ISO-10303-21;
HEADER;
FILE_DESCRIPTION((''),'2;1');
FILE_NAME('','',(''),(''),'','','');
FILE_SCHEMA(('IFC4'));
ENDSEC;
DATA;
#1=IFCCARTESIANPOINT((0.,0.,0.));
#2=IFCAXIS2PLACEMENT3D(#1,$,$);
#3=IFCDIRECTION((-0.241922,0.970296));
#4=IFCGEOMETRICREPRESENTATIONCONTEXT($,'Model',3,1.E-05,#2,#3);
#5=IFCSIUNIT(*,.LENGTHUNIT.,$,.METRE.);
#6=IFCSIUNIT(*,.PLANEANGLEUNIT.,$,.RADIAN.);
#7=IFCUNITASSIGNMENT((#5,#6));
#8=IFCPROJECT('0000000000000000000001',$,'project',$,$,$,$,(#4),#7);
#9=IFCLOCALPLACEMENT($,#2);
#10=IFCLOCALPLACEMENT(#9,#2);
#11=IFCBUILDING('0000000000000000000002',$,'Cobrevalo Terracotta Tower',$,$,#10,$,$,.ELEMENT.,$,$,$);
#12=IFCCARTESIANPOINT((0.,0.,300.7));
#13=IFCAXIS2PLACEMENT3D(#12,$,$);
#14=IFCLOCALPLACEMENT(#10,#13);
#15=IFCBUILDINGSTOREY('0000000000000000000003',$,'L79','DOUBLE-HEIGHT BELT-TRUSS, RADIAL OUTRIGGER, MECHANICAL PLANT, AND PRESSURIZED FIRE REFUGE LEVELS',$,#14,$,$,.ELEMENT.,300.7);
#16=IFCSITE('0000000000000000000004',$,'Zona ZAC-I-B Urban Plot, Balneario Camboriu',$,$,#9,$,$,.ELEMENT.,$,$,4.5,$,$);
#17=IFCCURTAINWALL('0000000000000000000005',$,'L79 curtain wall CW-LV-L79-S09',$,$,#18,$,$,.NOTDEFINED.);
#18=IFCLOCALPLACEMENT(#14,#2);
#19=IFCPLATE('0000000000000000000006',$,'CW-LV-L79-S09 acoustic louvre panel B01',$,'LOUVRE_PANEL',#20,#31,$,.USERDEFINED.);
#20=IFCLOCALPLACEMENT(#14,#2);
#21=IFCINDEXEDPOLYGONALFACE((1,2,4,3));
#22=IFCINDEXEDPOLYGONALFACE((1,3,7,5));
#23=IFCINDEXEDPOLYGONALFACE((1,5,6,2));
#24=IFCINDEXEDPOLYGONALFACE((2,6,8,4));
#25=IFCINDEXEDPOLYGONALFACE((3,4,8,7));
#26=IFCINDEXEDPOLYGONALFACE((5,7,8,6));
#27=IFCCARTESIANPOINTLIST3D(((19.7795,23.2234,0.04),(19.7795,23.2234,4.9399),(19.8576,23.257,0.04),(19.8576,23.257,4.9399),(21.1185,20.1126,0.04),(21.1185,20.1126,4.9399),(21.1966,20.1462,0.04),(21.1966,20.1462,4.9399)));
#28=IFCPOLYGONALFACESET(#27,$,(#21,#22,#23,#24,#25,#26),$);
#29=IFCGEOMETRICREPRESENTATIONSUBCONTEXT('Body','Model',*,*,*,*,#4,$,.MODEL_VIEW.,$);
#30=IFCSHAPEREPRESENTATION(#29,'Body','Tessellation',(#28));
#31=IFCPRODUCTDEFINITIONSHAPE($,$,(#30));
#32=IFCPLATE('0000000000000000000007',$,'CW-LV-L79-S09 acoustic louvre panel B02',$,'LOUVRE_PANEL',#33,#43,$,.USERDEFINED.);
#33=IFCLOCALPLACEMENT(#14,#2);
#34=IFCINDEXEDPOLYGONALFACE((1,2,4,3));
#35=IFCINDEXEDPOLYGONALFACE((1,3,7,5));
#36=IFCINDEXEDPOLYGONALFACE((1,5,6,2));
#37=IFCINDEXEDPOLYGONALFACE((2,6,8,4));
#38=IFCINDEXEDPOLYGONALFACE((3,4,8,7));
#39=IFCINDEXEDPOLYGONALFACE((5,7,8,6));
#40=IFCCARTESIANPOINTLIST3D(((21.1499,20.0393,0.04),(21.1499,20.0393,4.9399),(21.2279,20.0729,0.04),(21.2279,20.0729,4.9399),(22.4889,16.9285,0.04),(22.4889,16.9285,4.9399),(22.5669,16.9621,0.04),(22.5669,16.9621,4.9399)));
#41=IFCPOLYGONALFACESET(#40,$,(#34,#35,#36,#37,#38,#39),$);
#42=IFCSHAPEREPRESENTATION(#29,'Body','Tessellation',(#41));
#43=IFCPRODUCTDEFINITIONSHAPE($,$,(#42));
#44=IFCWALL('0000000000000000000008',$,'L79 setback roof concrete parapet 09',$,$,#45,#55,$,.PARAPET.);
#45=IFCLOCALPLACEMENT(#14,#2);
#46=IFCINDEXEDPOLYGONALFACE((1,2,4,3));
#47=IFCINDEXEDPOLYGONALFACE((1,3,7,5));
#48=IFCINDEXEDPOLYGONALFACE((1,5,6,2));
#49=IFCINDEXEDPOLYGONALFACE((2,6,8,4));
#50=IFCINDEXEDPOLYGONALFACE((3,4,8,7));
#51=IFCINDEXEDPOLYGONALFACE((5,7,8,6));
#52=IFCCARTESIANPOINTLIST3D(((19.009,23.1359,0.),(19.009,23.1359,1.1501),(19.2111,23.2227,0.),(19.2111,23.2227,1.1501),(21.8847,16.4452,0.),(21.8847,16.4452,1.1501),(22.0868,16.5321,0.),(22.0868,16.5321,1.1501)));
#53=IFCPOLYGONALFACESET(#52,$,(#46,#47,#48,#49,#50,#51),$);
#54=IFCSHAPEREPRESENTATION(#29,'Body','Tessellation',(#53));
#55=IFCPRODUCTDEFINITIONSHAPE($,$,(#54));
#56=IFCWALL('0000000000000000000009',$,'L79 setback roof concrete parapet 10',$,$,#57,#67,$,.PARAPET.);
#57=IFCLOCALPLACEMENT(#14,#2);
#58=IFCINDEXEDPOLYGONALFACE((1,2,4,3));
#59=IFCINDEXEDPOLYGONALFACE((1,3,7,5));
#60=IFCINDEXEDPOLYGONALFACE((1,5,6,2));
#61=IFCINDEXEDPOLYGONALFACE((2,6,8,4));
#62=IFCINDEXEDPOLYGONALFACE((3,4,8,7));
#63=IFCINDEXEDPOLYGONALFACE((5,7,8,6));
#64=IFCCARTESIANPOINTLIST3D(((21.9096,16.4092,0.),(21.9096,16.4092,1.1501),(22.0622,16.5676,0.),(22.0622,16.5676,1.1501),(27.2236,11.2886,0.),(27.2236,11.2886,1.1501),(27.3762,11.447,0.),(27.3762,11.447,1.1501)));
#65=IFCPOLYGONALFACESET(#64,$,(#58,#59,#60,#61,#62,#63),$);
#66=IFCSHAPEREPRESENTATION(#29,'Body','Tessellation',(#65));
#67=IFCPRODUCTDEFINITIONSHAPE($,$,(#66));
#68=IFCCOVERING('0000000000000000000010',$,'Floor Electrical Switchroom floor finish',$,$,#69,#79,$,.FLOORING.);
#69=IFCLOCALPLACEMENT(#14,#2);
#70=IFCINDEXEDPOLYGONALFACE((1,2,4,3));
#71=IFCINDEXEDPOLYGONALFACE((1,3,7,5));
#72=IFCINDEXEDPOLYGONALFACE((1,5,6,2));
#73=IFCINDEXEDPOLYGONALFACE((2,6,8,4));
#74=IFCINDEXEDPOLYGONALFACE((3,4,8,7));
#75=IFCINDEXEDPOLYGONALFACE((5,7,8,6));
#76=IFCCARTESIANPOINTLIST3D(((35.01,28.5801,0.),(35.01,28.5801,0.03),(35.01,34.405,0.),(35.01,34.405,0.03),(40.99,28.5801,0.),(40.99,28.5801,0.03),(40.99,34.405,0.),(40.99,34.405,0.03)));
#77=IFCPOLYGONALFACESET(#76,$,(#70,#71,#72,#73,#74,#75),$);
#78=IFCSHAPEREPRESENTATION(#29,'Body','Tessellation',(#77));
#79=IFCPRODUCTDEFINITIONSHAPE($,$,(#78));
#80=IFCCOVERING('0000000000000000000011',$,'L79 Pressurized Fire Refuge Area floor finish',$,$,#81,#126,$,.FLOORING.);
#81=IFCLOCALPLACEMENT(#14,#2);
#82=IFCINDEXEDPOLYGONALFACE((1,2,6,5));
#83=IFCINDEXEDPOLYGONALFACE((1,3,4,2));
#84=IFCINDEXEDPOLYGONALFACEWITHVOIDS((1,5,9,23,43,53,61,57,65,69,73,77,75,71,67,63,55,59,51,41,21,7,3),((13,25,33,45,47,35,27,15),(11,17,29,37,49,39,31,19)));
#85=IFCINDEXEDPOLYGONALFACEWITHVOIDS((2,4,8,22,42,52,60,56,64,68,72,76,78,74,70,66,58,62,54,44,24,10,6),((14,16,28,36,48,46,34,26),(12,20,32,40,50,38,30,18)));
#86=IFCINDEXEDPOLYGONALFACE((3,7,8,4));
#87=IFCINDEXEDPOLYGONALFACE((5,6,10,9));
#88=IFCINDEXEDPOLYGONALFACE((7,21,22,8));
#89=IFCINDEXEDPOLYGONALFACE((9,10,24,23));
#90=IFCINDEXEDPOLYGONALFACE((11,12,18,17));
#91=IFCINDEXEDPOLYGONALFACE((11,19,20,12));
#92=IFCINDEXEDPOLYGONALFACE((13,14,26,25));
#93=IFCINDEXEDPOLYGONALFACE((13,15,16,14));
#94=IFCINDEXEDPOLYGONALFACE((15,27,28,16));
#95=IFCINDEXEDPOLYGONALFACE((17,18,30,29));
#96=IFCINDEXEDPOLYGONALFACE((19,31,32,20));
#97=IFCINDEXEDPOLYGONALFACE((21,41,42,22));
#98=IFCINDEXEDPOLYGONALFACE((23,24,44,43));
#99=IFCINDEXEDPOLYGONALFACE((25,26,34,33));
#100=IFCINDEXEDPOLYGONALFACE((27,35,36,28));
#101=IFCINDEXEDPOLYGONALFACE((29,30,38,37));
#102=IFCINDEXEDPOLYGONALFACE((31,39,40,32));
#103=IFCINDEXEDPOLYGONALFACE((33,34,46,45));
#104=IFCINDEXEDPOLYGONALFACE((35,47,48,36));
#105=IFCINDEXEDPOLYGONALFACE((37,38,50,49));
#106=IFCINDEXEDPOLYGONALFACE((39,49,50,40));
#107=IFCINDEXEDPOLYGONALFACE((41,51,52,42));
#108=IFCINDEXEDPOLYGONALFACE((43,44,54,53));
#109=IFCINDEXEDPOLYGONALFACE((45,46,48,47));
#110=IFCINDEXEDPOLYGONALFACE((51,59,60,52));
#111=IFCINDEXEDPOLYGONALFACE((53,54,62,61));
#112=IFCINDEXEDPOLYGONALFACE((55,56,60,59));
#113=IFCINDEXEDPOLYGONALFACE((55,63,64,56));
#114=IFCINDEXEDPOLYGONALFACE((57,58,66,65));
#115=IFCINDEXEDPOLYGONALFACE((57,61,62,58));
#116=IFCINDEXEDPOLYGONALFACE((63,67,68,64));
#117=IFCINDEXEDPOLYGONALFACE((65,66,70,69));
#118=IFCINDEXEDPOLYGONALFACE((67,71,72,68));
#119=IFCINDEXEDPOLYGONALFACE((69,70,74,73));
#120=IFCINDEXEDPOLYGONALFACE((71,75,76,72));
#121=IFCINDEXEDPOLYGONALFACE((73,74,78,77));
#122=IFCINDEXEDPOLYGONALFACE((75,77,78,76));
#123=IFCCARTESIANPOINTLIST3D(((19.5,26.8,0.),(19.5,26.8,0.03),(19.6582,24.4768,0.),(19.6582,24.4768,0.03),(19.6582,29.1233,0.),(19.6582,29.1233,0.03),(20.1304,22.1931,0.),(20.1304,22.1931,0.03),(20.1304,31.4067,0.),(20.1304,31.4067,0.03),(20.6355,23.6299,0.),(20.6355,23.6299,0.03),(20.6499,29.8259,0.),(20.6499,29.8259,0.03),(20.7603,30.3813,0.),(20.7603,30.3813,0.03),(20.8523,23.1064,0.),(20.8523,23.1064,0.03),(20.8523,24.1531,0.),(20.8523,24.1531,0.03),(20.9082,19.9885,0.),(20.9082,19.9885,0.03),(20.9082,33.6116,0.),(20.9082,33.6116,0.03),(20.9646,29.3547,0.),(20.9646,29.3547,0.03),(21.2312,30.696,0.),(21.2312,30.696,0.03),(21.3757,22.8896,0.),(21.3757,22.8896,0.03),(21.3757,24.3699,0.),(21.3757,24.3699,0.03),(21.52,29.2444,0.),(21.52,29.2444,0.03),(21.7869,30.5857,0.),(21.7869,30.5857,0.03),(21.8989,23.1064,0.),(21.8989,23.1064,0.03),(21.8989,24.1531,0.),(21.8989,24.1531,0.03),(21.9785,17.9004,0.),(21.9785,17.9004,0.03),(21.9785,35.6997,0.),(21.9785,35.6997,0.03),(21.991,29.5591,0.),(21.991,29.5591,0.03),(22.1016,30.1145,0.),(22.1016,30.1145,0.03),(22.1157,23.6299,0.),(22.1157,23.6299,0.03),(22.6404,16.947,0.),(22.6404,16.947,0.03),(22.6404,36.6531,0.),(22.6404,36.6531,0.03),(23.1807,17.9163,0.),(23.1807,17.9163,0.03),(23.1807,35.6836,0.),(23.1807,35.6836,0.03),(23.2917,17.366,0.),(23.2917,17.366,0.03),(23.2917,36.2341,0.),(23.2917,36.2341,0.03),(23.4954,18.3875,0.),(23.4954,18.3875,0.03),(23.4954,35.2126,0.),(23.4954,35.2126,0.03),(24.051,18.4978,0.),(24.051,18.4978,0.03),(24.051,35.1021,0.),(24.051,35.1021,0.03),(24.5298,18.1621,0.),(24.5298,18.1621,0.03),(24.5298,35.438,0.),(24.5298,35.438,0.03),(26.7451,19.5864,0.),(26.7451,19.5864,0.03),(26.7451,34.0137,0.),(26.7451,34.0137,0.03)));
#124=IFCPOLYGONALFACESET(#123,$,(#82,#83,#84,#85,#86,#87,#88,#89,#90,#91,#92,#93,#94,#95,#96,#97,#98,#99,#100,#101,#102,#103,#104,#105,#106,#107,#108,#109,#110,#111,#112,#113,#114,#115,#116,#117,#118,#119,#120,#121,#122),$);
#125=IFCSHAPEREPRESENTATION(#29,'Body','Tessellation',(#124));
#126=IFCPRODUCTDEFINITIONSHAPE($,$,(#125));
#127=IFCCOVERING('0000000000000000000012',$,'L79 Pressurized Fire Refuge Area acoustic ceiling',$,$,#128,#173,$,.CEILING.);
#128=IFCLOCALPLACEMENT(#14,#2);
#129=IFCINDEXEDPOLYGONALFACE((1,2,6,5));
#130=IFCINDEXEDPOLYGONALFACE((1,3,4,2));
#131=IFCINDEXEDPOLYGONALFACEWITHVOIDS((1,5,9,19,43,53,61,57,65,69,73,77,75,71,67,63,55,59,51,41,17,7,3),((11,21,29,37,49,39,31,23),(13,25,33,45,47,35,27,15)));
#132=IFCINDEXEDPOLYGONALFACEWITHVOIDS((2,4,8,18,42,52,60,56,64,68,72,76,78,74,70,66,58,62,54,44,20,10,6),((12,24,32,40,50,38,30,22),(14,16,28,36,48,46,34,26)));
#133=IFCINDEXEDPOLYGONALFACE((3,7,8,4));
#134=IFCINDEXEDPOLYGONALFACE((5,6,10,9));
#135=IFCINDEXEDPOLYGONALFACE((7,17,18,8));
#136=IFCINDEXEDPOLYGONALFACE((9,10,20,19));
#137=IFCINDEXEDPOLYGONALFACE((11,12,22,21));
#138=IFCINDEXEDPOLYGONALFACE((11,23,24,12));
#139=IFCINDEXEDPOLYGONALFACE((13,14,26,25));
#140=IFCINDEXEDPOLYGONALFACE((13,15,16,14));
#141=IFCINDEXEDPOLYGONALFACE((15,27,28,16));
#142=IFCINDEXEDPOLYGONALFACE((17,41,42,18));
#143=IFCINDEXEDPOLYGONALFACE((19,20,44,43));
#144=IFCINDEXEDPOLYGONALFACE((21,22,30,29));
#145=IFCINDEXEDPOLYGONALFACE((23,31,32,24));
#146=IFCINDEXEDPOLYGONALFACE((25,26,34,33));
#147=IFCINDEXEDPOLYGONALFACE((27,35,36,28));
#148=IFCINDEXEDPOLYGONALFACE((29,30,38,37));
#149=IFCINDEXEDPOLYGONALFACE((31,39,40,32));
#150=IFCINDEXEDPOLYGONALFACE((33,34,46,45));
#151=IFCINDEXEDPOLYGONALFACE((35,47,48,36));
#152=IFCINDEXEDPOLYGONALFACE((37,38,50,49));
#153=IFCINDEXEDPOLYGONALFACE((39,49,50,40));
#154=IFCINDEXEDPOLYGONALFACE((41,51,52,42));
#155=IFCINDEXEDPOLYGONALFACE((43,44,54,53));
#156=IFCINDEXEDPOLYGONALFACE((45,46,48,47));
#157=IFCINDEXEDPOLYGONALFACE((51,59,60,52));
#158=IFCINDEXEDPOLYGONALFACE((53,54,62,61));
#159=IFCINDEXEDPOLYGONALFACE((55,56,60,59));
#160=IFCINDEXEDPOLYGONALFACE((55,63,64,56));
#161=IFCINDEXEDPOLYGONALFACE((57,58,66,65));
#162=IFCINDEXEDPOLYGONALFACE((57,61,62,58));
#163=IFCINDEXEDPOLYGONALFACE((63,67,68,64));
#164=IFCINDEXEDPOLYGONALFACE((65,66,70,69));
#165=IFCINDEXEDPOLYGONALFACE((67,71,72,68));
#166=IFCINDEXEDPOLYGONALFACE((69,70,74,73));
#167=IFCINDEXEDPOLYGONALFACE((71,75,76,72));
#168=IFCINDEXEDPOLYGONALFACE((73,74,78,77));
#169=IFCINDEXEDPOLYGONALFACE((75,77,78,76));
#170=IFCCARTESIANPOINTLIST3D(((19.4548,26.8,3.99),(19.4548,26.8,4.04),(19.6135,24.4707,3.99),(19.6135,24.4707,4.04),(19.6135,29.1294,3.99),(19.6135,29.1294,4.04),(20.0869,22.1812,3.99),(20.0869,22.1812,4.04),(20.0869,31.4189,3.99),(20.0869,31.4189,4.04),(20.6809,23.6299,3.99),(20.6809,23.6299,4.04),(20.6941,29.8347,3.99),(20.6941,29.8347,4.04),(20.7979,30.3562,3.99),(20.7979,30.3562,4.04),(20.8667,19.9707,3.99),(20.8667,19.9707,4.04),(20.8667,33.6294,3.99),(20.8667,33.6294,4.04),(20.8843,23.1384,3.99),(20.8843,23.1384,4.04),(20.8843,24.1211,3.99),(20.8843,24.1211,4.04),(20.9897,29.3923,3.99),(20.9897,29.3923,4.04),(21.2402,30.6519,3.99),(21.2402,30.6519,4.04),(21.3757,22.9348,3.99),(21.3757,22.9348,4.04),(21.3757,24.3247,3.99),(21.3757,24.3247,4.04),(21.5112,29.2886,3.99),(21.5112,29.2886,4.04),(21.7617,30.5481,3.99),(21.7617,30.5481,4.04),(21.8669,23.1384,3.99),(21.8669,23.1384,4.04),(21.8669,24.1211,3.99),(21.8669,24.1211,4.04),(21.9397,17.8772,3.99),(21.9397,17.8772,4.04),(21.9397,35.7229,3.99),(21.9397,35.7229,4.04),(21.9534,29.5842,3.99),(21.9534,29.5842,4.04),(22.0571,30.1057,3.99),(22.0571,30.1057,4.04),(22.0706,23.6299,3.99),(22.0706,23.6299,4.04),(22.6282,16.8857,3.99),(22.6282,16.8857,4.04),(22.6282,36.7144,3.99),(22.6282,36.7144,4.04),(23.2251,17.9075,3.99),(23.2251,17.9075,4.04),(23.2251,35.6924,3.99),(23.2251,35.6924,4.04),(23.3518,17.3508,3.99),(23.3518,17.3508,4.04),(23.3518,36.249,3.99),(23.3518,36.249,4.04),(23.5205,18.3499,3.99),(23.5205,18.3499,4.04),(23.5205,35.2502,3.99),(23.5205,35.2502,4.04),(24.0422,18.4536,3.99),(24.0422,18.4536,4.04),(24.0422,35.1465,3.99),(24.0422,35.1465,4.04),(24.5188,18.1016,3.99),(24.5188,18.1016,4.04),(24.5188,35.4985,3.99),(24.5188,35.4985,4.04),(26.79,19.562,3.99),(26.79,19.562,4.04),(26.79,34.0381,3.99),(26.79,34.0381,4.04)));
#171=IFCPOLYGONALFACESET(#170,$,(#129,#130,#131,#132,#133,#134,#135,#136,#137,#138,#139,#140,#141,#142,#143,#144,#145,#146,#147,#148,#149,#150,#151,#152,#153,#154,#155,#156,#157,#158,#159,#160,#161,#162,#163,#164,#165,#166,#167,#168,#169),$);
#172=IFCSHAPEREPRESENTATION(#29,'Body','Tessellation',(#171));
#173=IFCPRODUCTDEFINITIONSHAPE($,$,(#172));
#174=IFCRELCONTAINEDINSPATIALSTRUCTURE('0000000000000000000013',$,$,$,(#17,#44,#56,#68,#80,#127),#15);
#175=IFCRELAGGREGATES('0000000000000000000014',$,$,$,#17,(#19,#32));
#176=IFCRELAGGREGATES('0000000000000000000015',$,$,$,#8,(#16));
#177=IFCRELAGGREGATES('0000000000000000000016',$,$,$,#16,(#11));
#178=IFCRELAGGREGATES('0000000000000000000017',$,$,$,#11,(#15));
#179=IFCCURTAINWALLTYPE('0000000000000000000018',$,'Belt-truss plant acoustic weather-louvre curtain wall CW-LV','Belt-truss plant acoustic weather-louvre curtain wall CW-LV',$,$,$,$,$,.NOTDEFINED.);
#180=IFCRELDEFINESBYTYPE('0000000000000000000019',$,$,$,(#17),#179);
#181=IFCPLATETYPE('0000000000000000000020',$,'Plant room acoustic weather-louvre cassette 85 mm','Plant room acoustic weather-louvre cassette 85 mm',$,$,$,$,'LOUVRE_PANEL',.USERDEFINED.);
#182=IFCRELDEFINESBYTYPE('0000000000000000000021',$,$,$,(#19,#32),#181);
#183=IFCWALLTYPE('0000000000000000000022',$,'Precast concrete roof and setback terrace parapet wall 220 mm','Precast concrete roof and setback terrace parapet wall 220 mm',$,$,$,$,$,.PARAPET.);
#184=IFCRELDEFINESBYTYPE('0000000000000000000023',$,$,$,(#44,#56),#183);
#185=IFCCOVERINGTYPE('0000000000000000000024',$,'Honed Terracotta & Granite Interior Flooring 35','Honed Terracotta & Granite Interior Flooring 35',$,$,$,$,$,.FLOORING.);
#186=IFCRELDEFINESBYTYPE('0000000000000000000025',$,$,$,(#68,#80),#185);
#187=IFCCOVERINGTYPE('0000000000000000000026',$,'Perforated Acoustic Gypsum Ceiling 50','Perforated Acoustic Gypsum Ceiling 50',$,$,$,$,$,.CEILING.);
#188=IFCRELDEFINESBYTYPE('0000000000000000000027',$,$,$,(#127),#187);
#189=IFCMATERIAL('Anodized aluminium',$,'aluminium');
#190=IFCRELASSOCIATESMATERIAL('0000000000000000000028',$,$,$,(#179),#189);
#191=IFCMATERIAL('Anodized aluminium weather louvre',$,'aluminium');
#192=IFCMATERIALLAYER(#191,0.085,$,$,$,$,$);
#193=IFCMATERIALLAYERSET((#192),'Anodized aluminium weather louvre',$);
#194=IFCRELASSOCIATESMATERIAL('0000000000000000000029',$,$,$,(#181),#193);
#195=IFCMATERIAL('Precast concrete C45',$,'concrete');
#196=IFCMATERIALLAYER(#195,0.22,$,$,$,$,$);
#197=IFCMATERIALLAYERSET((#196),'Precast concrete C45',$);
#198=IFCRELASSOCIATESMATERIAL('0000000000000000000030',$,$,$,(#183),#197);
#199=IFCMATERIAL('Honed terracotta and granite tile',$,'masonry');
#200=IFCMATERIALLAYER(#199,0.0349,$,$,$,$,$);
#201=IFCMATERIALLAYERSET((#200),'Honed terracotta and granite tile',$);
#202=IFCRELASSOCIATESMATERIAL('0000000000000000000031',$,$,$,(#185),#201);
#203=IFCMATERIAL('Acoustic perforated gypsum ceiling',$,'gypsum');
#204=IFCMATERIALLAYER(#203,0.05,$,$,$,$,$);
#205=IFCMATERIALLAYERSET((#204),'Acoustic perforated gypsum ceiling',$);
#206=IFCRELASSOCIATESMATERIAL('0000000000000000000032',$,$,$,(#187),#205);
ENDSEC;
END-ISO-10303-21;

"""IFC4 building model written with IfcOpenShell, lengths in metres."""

from ifc_helpers import new_model, si_unit, direction, frame, frame_2d, origin, origin_2d, place, context, subcontext, project, spatial, polyline, rectangle, outline, extrude, source, transform, mapped, material, layer, layer_set, type_object, element, aggregate, save


model = new_model("IFC4")

# Units and contexts
model_context = context("Model", 3, precision=1e-05, world=origin(), true_north=direction((-0.241922, 0.970296)))
body_context = subcontext(model_context, "Body", "Model", "MODEL_VIEW")
ifc_project = project(units=[si_unit("LENGTHUNIT", "METRE"), si_unit("PLANEANGLEUNIT", "RADIAN")], contexts=[model_context])

# Site, building, storey
site_placement = place(None, origin())
site = spatial("IfcSite", under=ifc_project, at=site_placement, Name="Zona ZAC-I-B Urban Plot, Balneario Camboriu", CompositionType="ELEMENT", RefElevation=4.5)
building_placement = place(site_placement, origin())
building = spatial("IfcBuilding", under=site, at=building_placement, Name="Cobrevalo Terracotta Tower", CompositionType="ELEMENT")
storey_placement = place(building_placement, frame((0.0, 0.0, 300.7)))
storey = spatial("IfcBuildingStorey", under=building, at=storey_placement, Name="L79", Description="DOUBLE-HEIGHT BELT-TRUSS, RADIAL OUTRIGGER, MECHANICAL PLANT, AND PRESSURIZED FIRE REFUGE LEVELS", CompositionType="ELEMENT", Elevation=300.7)

# Shared definitions
ifc_material_1 = material(Name="Anodized aluminium", Category="aluminium")
curtain_wall_type = type_object("IfcCurtainWallType", Name="Belt-truss plant acoustic weather-louvre curtain wall CW-LV", Description="Belt-truss plant acoustic weather-louvre curtain wall CW-LV", PredefinedType="NOTDEFINED", material=ifc_material_1)

# Curtain wall
curtain_wall_1_placement = place(storey_placement, origin())
curtain_wall_1 = element("IfcCurtainWall", 1, at=curtain_wall_1_placement, inside=storey, type_object=curtain_wall_type, Name="L79 curtain wall CW-LV-L79-S09", PredefinedType="NOTDEFINED")

# Plates
ifc_material_2 = material(Name="Anodized aluminium weather louvre", Category="aluminium")
ifc_layer_1 = layer(ifc_material_2, 0.085)
ifc_layer_set_1 = layer_set([ifc_layer_1], Name="Anodized aluminium weather louvre")
plate_type_1 = type_object("IfcPlateType", Name="Plant room acoustic weather-louvre cassette 85 mm", Description="Plant room acoustic weather-louvre cassette 85 mm", ElementType="LOUVRE_PANEL", PredefinedType="USERDEFINED", material=ifc_layer_set_1)
shared_shape_1 = source(origin(), body_context, "Body", "SweptSolid", [
    extrude(rectangle(XDim=3.3867, YDim=0.085, at=origin_2d()), origin(), (0.0, 0.0, 1.0), 4.8999),
])
plate_1_placement = place(storey_placement, frame((20.488, 21.6848, 0.04), z_axis=(0.0, 0.0, 1.0), x_axis=(0.395368, -0.918523, 0.0)))
plate_1 = element("IfcPlate", 2, at=plate_1_placement, type_object=plate_type_1, Name="CW-LV-L79-S09 acoustic louvre panel B01", ObjectType="LOUVRE_PANEL", PredefinedType="USERDEFINED", context=body_context, shape_type="MappedRepresentation", body=[
    mapped(shared_shape_1, transform((0.0, 0.0, 0.0), scale=1.0)),
])
plate_2_placement = place(storey_placement, frame((21.8584, 18.5007, 0.04), z_axis=(0.0, 0.0, 1.0), x_axis=(0.395368, -0.918523, 0.0)))
plate_2 = element("IfcPlate", 3, at=plate_2_placement, type_object=plate_type_1, Name="CW-LV-L79-S09 acoustic louvre panel B02", ObjectType="LOUVRE_PANEL", PredefinedType="USERDEFINED", context=body_context, shape_type="MappedRepresentation", body=[
    mapped(shared_shape_1, transform((0.0, 0.0, 0.0), scale=1.0)),
])
aggregate(curtain_wall_1, [plate_1, plate_2])

# Walls
ifc_material_3 = material(Name="Precast concrete C45", Category="concrete")
ifc_layer_2 = layer(ifc_material_3, 0.22)
ifc_layer_set_2 = layer_set([ifc_layer_2], Name="Precast concrete C45")
wall_type = type_object("IfcWallType", Name="Precast concrete roof and setback terrace parapet wall 220 mm", Description="Precast concrete roof and setback terrace parapet wall 220 mm", PredefinedType="PARAPET", material=ifc_layer_set_2)
wall_1_placement = place(storey_placement, frame((19.1101, 23.1792, 0.0), z_axis=(0.0, 0.0, 1.0), x_axis=(0.394882, -0.918732, 0.0)))
element("IfcWall", 4, at=wall_1_placement, inside=storey, type_object=wall_type, Name="L79 setback roof concrete parapet 09", PredefinedType="PARAPET", context=body_context, shape_type="SweptSolid", body=[
    extrude(rectangle(XDim=7.2825, YDim=0.22, at=frame_2d((3.6411, 0.0))), origin(), (0.0, 0.0, 1.0), 1.1501),
])
wall_2_placement = place(storey_placement, frame((21.9858, 16.4885, 0.0), z_axis=(0.0, 0.0, 1.0), x_axis=(0.720086, -0.693885, 0.0)))
element("IfcWall", 5, at=wall_2_placement, inside=storey, type_object=wall_type, Name="L79 setback roof concrete parapet 10", PredefinedType="PARAPET", context=body_context, shape_type="SweptSolid", body=[
    extrude(rectangle(XDim=7.3796, YDim=0.22, at=frame_2d((3.6899, 0.0))), origin(), (0.0, 0.0, 1.0), 1.1501),
])

# Coverings
ifc_material_4 = material(Name="Honed terracotta and granite tile", Category="masonry")
ifc_layer_3 = layer(ifc_material_4, 0.0349)
ifc_layer_set_3 = layer_set([ifc_layer_3], Name="Honed terracotta and granite tile")
covering_type_1 = type_object("IfcCoveringType", Name="Honed Terracotta & Granite Interior Flooring 35", Description="Honed Terracotta & Granite Interior Flooring 35", PredefinedType="FLOORING", material=ifc_layer_set_3)
covering_1_placement = place(storey_placement, origin())
element("IfcCovering", 6, at=covering_1_placement, inside=storey, type_object=covering_type_1, Name="Floor Electrical Switchroom floor finish", PredefinedType="FLOORING", context=body_context, shape_type="SweptSolid", body=[
    extrude(outline(polyline([(35.01, 34.405), (40.99, 34.405), (40.99, 28.5801), (35.01, 28.5801), (35.01, 34.405)])), origin(), (0.0, 0.0, 1.0), 0.03),
])
covering_2_placement = place(storey_placement, origin())
element("IfcCovering", 7, at=covering_2_placement, inside=storey, type_object=covering_type_1, Name="L79 Pressurized Fire Refuge Area floor finish", PredefinedType="FLOORING", context=body_context, shape_type="SweptSolid", body=[
    extrude(outline(polyline([(20.9082, 19.9885), (20.1304, 22.1931), (19.6582, 24.4768), (19.5, 26.8), (19.6582, 29.1233), (20.1304, 31.4067), (20.9082, 33.6116), (21.9785, 35.6997), (22.6404, 36.6531), (23.2917, 36.2341), (23.1807, 35.6836), (23.4954, 35.2126), (24.051, 35.1021), (24.5298, 35.438), (26.7451, 34.0137), (26.7451, 19.5864), (24.5298, 18.1621), (24.051, 18.4978), (23.4954, 18.3875), (23.1807, 17.9163), (23.2917, 17.366), (22.6404, 16.947), (21.9785, 17.9004), (20.9082, 19.9885)]), holes=[polyline([(21.8989, 23.1064), (22.1157, 23.6299), (21.8989, 24.1531), (21.3757, 24.3699), (20.8523, 24.1531), (20.6355, 23.6299), (20.8523, 23.1064), (21.3757, 22.8896), (21.8989, 23.1064)]), polyline([(21.991, 29.5591), (22.1016, 30.1145), (21.7869, 30.5857), (21.2312, 30.696), (20.7603, 30.3813), (20.6499, 29.8259), (20.9646, 29.3547), (21.52, 29.2444), (21.991, 29.5591)])]), origin(), (0.0, 0.0, 1.0), 0.03),
])
ifc_material_5 = material(Name="Acoustic perforated gypsum ceiling", Category="gypsum")
ifc_layer_4 = layer(ifc_material_5, 0.05)
ifc_layer_set_4 = layer_set([ifc_layer_4], Name="Acoustic perforated gypsum ceiling")
covering_type_2 = type_object("IfcCoveringType", Name="Perforated Acoustic Gypsum Ceiling 50", Description="Perforated Acoustic Gypsum Ceiling 50", PredefinedType="CEILING", material=ifc_layer_set_4)
covering_3_placement = place(storey_placement, frame((0.0, 0.0, 3.99)))
element("IfcCovering", 8, at=covering_3_placement, inside=storey, type_object=covering_type_2, Name="L79 Pressurized Fire Refuge Area acoustic ceiling", PredefinedType="CEILING", context=body_context, shape_type="SweptSolid", body=[
    extrude(outline(polyline([(20.8667, 19.9707), (20.0869, 22.1812), (19.6135, 24.4707), (19.4548, 26.8), (19.6135, 29.1294), (20.0869, 31.4189), (20.8667, 33.6294), (21.9397, 35.7229), (22.6282, 36.7144), (23.3518, 36.249), (23.2251, 35.6924), (23.5205, 35.2502), (24.0422, 35.1465), (24.5188, 35.4985), (26.79, 34.0381), (26.79, 19.562), (24.5188, 18.1016), (24.0422, 18.4536), (23.5205, 18.3499), (23.2251, 17.9075), (23.3518, 17.3508), (22.6282, 16.8857), (21.9397, 17.8772), (20.8667, 19.9707)]), holes=[polyline([(21.8669, 23.1384), (22.0706, 23.6299), (21.8669, 24.1211), (21.3757, 24.3247), (20.8843, 24.1211), (20.6809, 23.6299), (20.8843, 23.1384), (21.3757, 22.9348), (21.8669, 23.1384)]), polyline([(21.9534, 29.5842), (22.0571, 30.1057), (21.7617, 30.5481), (21.2402, 30.6519), (20.7979, 30.3562), (20.6941, 29.8347), (20.9897, 29.3923), (21.5112, 29.2886), (21.9534, 29.5842)])]), origin(), (0.0, 0.0, 1.0), 0.05),
])

save(model, "model.ifc")
